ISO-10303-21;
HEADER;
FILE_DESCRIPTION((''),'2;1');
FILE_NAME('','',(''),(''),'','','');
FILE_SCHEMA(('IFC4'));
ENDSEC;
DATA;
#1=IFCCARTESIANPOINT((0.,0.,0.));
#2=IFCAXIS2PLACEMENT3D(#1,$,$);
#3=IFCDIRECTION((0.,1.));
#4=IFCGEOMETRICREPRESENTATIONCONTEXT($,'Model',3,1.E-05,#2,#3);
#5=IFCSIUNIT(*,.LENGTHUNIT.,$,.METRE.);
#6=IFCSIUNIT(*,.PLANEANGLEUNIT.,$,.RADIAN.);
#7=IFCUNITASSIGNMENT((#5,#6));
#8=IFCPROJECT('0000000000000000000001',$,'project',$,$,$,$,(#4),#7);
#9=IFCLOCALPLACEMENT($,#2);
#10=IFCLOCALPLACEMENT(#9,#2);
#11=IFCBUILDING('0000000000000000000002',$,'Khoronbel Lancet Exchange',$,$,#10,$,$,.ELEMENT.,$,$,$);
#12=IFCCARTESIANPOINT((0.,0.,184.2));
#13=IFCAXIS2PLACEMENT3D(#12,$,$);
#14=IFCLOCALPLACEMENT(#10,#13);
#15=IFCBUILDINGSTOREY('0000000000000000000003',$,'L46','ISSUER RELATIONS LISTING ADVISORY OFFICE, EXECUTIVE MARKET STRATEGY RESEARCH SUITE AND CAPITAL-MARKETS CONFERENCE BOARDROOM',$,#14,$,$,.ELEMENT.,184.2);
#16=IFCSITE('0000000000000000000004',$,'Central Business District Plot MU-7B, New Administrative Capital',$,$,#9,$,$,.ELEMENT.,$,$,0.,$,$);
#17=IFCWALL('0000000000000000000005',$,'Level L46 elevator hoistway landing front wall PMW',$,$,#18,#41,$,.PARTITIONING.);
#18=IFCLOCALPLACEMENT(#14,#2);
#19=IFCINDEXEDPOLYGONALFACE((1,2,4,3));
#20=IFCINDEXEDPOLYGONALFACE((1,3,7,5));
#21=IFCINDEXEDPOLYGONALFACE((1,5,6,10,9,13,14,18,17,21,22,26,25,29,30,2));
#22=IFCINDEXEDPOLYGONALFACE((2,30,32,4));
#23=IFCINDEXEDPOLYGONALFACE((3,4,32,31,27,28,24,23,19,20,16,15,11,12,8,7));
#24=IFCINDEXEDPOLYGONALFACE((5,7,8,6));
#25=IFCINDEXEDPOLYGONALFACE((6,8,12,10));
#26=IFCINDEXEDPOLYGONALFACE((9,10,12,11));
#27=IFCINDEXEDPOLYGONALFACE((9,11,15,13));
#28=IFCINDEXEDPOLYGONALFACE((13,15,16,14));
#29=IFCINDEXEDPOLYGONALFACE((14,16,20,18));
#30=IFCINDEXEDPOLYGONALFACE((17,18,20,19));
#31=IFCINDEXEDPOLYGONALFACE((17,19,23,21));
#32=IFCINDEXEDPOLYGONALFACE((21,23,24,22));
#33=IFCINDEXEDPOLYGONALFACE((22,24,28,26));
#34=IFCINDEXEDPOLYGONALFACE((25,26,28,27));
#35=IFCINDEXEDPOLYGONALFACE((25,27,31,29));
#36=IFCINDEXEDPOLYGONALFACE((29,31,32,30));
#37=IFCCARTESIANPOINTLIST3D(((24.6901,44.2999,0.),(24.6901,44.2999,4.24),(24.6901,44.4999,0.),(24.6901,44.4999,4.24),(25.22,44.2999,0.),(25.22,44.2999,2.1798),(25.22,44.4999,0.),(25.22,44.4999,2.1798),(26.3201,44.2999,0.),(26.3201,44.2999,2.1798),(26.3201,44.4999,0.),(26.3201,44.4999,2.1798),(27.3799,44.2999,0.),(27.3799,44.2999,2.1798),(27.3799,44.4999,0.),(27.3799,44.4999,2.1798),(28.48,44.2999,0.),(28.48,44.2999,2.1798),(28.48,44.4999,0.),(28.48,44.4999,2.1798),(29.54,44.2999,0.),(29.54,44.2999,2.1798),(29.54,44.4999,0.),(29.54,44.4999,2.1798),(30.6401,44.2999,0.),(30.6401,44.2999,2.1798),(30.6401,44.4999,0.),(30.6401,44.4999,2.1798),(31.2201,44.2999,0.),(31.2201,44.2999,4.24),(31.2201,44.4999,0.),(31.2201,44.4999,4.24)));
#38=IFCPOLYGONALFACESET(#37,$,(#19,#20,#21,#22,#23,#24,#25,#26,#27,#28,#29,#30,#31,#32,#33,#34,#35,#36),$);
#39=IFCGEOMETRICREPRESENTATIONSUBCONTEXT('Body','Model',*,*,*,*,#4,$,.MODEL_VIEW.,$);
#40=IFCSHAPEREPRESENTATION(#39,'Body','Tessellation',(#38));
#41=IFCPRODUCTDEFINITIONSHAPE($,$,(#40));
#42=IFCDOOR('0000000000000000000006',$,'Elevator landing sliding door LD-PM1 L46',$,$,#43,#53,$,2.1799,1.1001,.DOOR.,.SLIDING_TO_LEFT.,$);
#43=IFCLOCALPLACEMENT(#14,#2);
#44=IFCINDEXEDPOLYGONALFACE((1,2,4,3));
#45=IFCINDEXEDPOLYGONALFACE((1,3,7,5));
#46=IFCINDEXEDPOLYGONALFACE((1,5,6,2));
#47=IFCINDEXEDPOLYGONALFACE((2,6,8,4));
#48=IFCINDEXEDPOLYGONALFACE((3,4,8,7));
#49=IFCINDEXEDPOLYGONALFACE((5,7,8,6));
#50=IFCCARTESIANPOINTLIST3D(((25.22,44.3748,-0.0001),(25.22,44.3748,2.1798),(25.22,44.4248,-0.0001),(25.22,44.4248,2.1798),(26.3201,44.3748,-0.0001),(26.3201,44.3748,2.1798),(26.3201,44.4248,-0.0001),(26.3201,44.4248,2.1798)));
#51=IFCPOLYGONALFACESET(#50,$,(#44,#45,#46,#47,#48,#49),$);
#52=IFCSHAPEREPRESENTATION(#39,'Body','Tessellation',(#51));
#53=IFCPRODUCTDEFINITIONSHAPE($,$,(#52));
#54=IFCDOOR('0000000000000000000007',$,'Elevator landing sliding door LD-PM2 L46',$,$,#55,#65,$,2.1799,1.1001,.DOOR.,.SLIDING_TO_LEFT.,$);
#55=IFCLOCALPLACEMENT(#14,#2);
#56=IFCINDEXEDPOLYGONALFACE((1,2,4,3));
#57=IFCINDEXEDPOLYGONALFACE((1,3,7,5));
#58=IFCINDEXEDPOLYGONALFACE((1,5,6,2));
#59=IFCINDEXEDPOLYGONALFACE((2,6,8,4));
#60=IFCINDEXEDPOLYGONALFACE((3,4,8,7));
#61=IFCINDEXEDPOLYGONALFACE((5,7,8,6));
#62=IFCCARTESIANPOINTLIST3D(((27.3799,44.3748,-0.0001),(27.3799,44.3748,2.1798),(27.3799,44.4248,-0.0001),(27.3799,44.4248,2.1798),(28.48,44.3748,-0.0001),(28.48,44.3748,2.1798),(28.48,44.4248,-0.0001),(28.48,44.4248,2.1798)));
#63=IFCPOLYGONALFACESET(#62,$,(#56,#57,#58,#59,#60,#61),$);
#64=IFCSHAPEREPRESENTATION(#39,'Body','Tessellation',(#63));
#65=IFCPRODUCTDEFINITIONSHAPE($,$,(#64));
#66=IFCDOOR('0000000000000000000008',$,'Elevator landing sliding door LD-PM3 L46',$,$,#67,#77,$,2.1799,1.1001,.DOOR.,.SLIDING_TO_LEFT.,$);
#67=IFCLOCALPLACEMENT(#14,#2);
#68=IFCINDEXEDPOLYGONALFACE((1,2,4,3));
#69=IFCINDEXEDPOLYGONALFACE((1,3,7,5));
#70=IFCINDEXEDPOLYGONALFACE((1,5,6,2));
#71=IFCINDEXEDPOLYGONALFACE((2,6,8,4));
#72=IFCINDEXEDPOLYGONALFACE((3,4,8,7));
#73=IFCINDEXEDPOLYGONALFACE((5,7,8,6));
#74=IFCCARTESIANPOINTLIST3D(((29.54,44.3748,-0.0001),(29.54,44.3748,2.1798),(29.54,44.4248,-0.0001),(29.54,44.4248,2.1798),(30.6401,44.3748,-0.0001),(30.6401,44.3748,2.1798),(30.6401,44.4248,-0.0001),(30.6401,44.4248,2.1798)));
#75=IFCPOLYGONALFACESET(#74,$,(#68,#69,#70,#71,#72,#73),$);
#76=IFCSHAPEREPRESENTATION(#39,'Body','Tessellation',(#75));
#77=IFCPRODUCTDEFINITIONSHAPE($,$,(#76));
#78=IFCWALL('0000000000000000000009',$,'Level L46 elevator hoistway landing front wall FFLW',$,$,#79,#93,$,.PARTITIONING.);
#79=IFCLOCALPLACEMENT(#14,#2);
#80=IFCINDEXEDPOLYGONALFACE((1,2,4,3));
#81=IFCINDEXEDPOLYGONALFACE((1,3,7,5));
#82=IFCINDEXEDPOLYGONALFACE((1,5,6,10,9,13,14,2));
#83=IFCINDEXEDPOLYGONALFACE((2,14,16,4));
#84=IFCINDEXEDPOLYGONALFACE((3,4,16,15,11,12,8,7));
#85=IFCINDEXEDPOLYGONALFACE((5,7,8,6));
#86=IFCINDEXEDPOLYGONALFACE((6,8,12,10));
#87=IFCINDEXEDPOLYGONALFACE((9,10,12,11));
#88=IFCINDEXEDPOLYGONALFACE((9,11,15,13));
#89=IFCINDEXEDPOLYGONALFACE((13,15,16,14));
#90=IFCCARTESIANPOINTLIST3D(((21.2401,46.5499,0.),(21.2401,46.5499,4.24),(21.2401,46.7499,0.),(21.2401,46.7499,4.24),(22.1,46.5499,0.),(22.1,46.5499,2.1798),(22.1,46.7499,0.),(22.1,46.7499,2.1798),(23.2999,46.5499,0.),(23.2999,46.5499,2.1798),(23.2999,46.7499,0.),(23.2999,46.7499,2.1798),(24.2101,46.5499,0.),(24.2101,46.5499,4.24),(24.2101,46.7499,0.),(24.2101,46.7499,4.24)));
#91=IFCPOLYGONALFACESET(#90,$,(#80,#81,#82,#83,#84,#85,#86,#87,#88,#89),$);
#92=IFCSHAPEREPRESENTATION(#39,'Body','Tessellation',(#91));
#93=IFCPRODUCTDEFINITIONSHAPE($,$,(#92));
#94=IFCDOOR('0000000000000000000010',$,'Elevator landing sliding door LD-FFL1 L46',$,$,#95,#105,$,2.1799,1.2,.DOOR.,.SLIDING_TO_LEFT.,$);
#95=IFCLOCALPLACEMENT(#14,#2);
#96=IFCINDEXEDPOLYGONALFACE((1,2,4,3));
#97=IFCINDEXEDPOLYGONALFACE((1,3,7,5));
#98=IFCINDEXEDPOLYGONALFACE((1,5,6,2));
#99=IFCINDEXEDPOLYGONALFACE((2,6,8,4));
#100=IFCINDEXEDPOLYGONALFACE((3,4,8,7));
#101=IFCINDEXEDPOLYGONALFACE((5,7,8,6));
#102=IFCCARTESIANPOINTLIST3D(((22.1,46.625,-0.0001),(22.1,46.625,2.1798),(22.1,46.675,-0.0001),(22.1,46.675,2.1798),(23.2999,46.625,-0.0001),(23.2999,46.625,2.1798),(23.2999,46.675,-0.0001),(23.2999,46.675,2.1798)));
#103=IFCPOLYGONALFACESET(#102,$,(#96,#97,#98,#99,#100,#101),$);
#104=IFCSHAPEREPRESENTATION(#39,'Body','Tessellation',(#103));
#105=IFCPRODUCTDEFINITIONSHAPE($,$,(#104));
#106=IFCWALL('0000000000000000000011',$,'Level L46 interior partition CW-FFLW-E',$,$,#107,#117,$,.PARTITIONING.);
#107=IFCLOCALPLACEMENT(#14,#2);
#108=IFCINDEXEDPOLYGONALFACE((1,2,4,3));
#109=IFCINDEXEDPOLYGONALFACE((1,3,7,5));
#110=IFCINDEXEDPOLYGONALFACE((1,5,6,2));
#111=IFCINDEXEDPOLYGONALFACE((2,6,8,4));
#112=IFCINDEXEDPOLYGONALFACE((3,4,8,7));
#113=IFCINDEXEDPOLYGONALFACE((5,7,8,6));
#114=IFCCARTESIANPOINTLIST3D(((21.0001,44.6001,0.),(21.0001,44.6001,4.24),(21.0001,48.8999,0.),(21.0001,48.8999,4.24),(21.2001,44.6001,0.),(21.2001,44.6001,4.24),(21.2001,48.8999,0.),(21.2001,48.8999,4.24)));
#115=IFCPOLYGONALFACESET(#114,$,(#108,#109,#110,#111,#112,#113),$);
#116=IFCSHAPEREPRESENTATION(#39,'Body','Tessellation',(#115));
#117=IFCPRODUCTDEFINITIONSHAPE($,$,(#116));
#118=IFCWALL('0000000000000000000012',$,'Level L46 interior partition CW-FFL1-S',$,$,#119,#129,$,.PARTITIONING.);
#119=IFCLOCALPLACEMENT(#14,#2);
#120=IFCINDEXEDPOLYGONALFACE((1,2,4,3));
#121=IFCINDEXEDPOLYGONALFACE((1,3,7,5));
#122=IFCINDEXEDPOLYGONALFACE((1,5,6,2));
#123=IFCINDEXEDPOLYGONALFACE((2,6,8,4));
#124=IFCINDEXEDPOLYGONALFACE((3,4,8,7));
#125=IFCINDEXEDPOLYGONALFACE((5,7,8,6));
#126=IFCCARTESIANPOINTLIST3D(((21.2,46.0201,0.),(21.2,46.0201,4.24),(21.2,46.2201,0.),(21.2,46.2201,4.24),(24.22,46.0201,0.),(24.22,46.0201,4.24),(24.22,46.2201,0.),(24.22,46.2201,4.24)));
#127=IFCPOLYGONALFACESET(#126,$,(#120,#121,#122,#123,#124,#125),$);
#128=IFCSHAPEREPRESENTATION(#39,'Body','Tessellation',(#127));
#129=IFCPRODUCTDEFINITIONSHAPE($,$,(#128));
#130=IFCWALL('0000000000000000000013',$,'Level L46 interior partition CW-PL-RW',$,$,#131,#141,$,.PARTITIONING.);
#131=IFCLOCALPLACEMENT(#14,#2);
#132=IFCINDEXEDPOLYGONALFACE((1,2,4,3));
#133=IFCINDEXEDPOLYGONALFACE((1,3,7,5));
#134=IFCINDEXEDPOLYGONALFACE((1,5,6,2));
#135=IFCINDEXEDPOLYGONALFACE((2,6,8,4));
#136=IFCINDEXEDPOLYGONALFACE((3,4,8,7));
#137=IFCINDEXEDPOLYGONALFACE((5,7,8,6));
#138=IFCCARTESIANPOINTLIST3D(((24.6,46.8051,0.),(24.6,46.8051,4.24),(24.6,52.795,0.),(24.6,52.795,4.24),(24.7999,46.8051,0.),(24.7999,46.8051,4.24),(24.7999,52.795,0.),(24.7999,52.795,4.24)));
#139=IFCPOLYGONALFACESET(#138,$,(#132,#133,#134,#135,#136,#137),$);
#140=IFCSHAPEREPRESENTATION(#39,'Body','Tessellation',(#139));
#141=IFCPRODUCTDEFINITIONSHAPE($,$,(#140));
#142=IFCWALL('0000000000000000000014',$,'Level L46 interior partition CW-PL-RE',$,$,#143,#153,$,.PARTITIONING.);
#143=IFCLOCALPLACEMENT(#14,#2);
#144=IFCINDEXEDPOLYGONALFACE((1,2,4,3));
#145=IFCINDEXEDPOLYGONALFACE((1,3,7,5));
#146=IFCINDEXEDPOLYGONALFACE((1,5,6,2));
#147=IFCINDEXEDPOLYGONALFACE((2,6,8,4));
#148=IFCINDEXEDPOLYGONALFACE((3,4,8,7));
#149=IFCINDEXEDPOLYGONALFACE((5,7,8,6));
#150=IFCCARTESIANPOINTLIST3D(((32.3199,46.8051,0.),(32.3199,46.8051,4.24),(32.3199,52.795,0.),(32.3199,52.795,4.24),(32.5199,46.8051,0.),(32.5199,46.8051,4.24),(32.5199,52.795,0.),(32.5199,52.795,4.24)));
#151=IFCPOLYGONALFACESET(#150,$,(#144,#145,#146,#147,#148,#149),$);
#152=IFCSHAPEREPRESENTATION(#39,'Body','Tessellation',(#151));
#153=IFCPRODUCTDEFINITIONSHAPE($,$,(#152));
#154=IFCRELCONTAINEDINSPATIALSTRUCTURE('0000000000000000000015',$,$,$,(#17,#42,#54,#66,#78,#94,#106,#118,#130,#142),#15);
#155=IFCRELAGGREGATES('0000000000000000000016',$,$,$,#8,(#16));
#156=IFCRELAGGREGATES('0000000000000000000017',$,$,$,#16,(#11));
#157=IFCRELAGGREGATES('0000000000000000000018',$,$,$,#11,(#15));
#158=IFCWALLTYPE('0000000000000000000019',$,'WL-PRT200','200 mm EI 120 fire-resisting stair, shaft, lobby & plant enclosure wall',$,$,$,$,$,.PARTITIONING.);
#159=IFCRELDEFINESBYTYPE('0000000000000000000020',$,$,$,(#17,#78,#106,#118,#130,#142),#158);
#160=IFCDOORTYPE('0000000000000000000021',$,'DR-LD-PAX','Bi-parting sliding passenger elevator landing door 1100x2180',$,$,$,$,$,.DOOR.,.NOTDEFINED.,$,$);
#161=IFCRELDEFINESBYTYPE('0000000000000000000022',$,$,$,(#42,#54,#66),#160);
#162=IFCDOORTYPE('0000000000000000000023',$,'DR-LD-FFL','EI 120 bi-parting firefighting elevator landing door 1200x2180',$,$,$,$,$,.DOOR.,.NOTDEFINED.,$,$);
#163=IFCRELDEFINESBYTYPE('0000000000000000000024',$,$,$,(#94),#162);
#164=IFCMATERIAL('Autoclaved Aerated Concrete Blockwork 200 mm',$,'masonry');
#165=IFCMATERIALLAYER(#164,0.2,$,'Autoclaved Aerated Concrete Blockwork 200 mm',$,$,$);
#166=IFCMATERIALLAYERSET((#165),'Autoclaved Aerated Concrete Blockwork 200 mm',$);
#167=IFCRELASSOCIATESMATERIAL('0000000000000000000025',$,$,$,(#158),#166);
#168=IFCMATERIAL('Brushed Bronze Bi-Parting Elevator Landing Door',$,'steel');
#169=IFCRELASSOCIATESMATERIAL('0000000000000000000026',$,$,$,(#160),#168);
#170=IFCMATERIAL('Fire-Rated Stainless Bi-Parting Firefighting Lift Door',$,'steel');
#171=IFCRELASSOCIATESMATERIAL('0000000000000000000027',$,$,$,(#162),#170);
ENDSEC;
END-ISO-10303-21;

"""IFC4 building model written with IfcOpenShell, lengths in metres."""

from ifc_helpers import new_model, si_unit, direction, frame, frame_2d, origin, place, context, subcontext, project, spatial, rectangle, extrude, material, layer, layer_set, type_object, element, fill, save


model = new_model("IFC4")

# Units and contexts
model_context = context("Model", 3, precision=1e-05, world=origin(), true_north=direction((0.0, 1.0)))
body_context = subcontext(model_context, "Body", "Model", "MODEL_VIEW")
ifc_project = project(units=[si_unit("LENGTHUNIT", "METRE"), si_unit("PLANEANGLEUNIT", "RADIAN")], contexts=[model_context])

# Site, building, storey
site_placement = place(None, origin())
site = spatial("IfcSite", under=ifc_project, at=site_placement, Name="Central Business District Plot MU-7B, New Administrative Capital", CompositionType="ELEMENT", RefElevation=0.0)
building_placement = place(site_placement, origin())
building = spatial("IfcBuilding", under=site, at=building_placement, Name="Khoronbel Lancet Exchange", CompositionType="ELEMENT")
storey_placement = place(building_placement, frame((0.0, 0.0, 184.2)))
storey = spatial("IfcBuildingStorey", under=building, at=storey_placement, Name="L46", Description="ISSUER RELATIONS LISTING ADVISORY OFFICE, EXECUTIVE MARKET STRATEGY RESEARCH SUITE AND CAPITAL-MARKETS CONFERENCE BOARDROOM", CompositionType="ELEMENT", Elevation=184.2)

# Wall, openings, doors
ifc_material_1 = material(Name="Autoclaved Aerated Concrete Blockwork 200 mm", Category="masonry")
ifc_layer_1 = layer(ifc_material_1, 0.2, Name="Autoclaved Aerated Concrete Blockwork 200 mm")
ifc_layer_set_1 = layer_set([ifc_layer_1], Name="Autoclaved Aerated Concrete Blockwork 200 mm")
wall_type_1 = type_object("IfcWallType", Name="WL-PRT200", Description="200 mm EI 120 fire-resisting stair, shaft, lobby & plant enclosure wall", PredefinedType="PARTITIONING", material=ifc_layer_set_1)
wall_1_placement = place(storey_placement, frame((24.6899, 44.3999, 0.0), z_axis=(0.0, 0.0, 1.0), x_axis=(1.0, 0.0, 0.0)))
wall_1 = element("IfcWall", 1, at=wall_1_placement, inside=storey, type_object=wall_type_1, Name="Level L46 elevator hoistway landing front wall PMW", PredefinedType="PARTITIONING", context=body_context, shape_type="SweptSolid", body=[
    extrude(rectangle(XDim=6.53, YDim=0.2, at=frame_2d((3.2651, 0.0))), origin(), (0.0, 0.0, 1.0), 4.24),
])
opening_1_placement = place(wall_1_placement, frame((0.53, 0.0, 0.0)))
opening_1 = element("IfcOpeningElement", 2, at=opening_1_placement, cuts=wall_1, PredefinedType="OPENING", context=body_context, shape_type="SweptSolid", body=[
    extrude(rectangle(XDim=1.1001, YDim=2.1799, at=frame_2d((0.55, 1.0898))), frame((0.0, 0.1099, 0.0), z_axis=(0.0, -1.0, 0.0), x_axis=(1.0, 0.0, 0.0)), (0.0, 0.0, 1.0), 0.22),
])
opening_2_placement = place(wall_1_placement, frame((2.6899, 0.0, 0.0)))
opening_2 = element("IfcOpeningElement", 3, at=opening_2_placement, cuts=wall_1, PredefinedType="OPENING", context=body_context, shape_type="SweptSolid", body=[
    extrude(rectangle(XDim=1.1001, YDim=2.1799, at=frame_2d((0.55, 1.0898))), frame((0.0, 0.1099, 0.0), z_axis=(0.0, -1.0, 0.0), x_axis=(1.0, 0.0, 0.0)), (0.0, 0.0, 1.0), 0.22),
])
opening_3_placement = place(wall_1_placement, frame((4.8501, 0.0, 0.0)))
opening_3 = element("IfcOpeningElement", 4, at=opening_3_placement, cuts=wall_1, PredefinedType="OPENING", context=body_context, shape_type="SweptSolid", body=[
    extrude(rectangle(XDim=1.1001, YDim=2.1799, at=frame_2d((0.55, 1.0898))), frame((0.0, 0.1099, 0.0), z_axis=(0.0, -1.0, 0.0), x_axis=(1.0, 0.0, 0.0)), (0.0, 0.0, 1.0), 0.22),
])
ifc_material_2 = material(Name="Brushed Bronze Bi-Parting Elevator Landing Door", Category="steel")
door_type_1 = type_object("IfcDoorType", Name="DR-LD-PAX", Description="Bi-parting sliding passenger elevator landing door 1100x2180", OperationType="NOTDEFINED", PredefinedType="DOOR", material=ifc_material_2)
door_1_placement = place(opening_1_placement, origin())
door_1 = element("IfcDoor", 5, at=door_1_placement, inside=storey, type_object=door_type_1, Name="Elevator landing sliding door LD-PM1 L46", OperationType="SLIDING_TO_LEFT", OverallHeight=2.1799, OverallWidth=1.1001, PredefinedType="DOOR", context=body_context, shape_type="SweptSolid", body=[
    extrude(rectangle(XDim=1.1001, YDim=2.1799, at=frame_2d((0.55, 1.0898))), frame((0.0, 0.0249, 0.0), z_axis=(0.0, -1.0, 0.0), x_axis=(1.0, 0.0, 0.0)), (0.0, 0.0, 1.0), 0.05),
])
fill(opening_1, door_1)
door_2_placement = place(opening_2_placement, origin())
door_2 = element("IfcDoor", 6, at=door_2_placement, inside=storey, type_object=door_type_1, Name="Elevator landing sliding door LD-PM2 L46", OperationType="SLIDING_TO_LEFT", OverallHeight=2.1799, OverallWidth=1.1001, PredefinedType="DOOR", context=body_context, shape_type="SweptSolid", body=[
    extrude(rectangle(XDim=1.1001, YDim=2.1799, at=frame_2d((0.55, 1.0898))), frame((0.0, 0.0249, 0.0), z_axis=(0.0, -1.0, 0.0), x_axis=(1.0, 0.0, 0.0)), (0.0, 0.0, 1.0), 0.05),
])
fill(opening_2, door_2)
door_3_placement = place(opening_3_placement, origin())
door_3 = element("IfcDoor", 7, at=door_3_placement, inside=storey, type_object=door_type_1, Name="Elevator landing sliding door LD-PM3 L46", OperationType="SLIDING_TO_LEFT", OverallHeight=2.1799, OverallWidth=1.1001, PredefinedType="DOOR", context=body_context, shape_type="SweptSolid", body=[
    extrude(rectangle(XDim=1.1001, YDim=2.1799, at=frame_2d((0.55, 1.0898))), frame((0.0, 0.0249, 0.0), z_axis=(0.0, -1.0, 0.0), x_axis=(1.0, 0.0, 0.0)), (0.0, 0.0, 1.0), 0.05),
])
fill(opening_3, door_3)

# Wall, opening, door
wall_2_placement = place(storey_placement, frame((24.21, 46.6499, 0.0), z_axis=(0.0, 0.0, 1.0), x_axis=(-1.0, 0.0, 0.0)))
wall_2 = element("IfcWall", 8, at=wall_2_placement, inside=storey, type_object=wall_type_1, Name="Level L46 elevator hoistway landing front wall FFLW", PredefinedType="PARTITIONING", context=body_context, shape_type="SweptSolid", body=[
    extrude(rectangle(XDim=2.97, YDim=0.2, at=frame_2d((1.4849, 0.0))), origin(), (0.0, 0.0, 1.0), 4.24),
])
opening_4_placement = place(wall_2_placement, frame((0.9099, 0.0, 0.0)))
opening_4 = element("IfcOpeningElement", 9, at=opening_4_placement, cuts=wall_2, PredefinedType="OPENING", context=body_context, shape_type="SweptSolid", body=[
    extrude(rectangle(XDim=1.2, YDim=2.1799, at=frame_2d((0.6001, 1.0898))), frame((0.0, 0.1099, 0.0), z_axis=(0.0, -1.0, 0.0), x_axis=(1.0, 0.0, 0.0)), (0.0, 0.0, 1.0), 0.22),
])
ifc_material_3 = material(Name="Fire-Rated Stainless Bi-Parting Firefighting Lift Door", Category="steel")
door_type_2 = type_object("IfcDoorType", Name="DR-LD-FFL", Description="EI 120 bi-parting firefighting elevator landing door 1200x2180", OperationType="NOTDEFINED", PredefinedType="DOOR", material=ifc_material_3)
door_4_placement = place(opening_4_placement, origin())
door_4 = element("IfcDoor", 10, at=door_4_placement, inside=storey, type_object=door_type_2, Name="Elevator landing sliding door LD-FFL1 L46", OperationType="SLIDING_TO_LEFT", OverallHeight=2.1799, OverallWidth=1.2, PredefinedType="DOOR", context=body_context, shape_type="SweptSolid", body=[
    extrude(rectangle(XDim=1.2, YDim=2.1799, at=frame_2d((0.6001, 1.0898))), frame((0.0, 0.0249, 0.0), z_axis=(0.0, -1.0, 0.0), x_axis=(1.0, 0.0, 0.0)), (0.0, 0.0, 1.0), 0.05),
])
fill(opening_4, door_4)

# Walls
wall_3_placement = place(storey_placement, frame((21.1001, 44.6001, 0.0), z_axis=(0.0, 0.0, 1.0), x_axis=(0.0, 1.0, 0.0)))
element("IfcWall", 11, at=wall_3_placement, inside=storey, type_object=wall_type_1, Name="Level L46 interior partition CW-FFLW-E", PredefinedType="PARTITIONING", context=body_context, shape_type="SweptSolid", body=[
    extrude(rectangle(XDim=4.2998, YDim=0.2, at=frame_2d((2.1499, 0.0))), origin(), (0.0, 0.0, 1.0), 4.24),
])
wall_4_placement = place(storey_placement, frame((21.2, 46.1201, 0.0), z_axis=(0.0, 0.0, 1.0), x_axis=(1.0, 0.0, 0.0)))
element("IfcWall", 12, at=wall_4_placement, inside=storey, type_object=wall_type_1, Name="Level L46 interior partition CW-FFL1-S", PredefinedType="PARTITIONING", context=body_context, shape_type="SweptSolid", body=[
    extrude(rectangle(XDim=3.02, YDim=0.2, at=frame_2d((1.51, 0.0))), origin(), (0.0, 0.0, 1.0), 4.24),
])
for number, where, z_axis, x_axis, name in (
    (13, (24.7, 46.8049, 0.0), (0.0, 0.0, 1.0), (0.0, 1.0, 0.0), "Level L46 interior partition CW-PL-RW"),
    (14, (32.4199, 46.8049, 0.0), (0.0, 0.0, 1.0), (0.0, 1.0, 0.0), "Level L46 interior partition CW-PL-RE"),
):
    element("IfcWall", number, at=place(storey_placement, frame(where, z_axis=z_axis, x_axis=x_axis)), inside=storey, type_object=wall_type_1, Name=name, PredefinedType="PARTITIONING", context=body_context, shape_type="SweptSolid", body=[
        extrude(rectangle(XDim=5.99, YDim=0.2, at=frame_2d((2.9951, 0.0))), origin(), (0.0, 0.0, 1.0), 4.24),
    ])

save(model, "model.ifc")
